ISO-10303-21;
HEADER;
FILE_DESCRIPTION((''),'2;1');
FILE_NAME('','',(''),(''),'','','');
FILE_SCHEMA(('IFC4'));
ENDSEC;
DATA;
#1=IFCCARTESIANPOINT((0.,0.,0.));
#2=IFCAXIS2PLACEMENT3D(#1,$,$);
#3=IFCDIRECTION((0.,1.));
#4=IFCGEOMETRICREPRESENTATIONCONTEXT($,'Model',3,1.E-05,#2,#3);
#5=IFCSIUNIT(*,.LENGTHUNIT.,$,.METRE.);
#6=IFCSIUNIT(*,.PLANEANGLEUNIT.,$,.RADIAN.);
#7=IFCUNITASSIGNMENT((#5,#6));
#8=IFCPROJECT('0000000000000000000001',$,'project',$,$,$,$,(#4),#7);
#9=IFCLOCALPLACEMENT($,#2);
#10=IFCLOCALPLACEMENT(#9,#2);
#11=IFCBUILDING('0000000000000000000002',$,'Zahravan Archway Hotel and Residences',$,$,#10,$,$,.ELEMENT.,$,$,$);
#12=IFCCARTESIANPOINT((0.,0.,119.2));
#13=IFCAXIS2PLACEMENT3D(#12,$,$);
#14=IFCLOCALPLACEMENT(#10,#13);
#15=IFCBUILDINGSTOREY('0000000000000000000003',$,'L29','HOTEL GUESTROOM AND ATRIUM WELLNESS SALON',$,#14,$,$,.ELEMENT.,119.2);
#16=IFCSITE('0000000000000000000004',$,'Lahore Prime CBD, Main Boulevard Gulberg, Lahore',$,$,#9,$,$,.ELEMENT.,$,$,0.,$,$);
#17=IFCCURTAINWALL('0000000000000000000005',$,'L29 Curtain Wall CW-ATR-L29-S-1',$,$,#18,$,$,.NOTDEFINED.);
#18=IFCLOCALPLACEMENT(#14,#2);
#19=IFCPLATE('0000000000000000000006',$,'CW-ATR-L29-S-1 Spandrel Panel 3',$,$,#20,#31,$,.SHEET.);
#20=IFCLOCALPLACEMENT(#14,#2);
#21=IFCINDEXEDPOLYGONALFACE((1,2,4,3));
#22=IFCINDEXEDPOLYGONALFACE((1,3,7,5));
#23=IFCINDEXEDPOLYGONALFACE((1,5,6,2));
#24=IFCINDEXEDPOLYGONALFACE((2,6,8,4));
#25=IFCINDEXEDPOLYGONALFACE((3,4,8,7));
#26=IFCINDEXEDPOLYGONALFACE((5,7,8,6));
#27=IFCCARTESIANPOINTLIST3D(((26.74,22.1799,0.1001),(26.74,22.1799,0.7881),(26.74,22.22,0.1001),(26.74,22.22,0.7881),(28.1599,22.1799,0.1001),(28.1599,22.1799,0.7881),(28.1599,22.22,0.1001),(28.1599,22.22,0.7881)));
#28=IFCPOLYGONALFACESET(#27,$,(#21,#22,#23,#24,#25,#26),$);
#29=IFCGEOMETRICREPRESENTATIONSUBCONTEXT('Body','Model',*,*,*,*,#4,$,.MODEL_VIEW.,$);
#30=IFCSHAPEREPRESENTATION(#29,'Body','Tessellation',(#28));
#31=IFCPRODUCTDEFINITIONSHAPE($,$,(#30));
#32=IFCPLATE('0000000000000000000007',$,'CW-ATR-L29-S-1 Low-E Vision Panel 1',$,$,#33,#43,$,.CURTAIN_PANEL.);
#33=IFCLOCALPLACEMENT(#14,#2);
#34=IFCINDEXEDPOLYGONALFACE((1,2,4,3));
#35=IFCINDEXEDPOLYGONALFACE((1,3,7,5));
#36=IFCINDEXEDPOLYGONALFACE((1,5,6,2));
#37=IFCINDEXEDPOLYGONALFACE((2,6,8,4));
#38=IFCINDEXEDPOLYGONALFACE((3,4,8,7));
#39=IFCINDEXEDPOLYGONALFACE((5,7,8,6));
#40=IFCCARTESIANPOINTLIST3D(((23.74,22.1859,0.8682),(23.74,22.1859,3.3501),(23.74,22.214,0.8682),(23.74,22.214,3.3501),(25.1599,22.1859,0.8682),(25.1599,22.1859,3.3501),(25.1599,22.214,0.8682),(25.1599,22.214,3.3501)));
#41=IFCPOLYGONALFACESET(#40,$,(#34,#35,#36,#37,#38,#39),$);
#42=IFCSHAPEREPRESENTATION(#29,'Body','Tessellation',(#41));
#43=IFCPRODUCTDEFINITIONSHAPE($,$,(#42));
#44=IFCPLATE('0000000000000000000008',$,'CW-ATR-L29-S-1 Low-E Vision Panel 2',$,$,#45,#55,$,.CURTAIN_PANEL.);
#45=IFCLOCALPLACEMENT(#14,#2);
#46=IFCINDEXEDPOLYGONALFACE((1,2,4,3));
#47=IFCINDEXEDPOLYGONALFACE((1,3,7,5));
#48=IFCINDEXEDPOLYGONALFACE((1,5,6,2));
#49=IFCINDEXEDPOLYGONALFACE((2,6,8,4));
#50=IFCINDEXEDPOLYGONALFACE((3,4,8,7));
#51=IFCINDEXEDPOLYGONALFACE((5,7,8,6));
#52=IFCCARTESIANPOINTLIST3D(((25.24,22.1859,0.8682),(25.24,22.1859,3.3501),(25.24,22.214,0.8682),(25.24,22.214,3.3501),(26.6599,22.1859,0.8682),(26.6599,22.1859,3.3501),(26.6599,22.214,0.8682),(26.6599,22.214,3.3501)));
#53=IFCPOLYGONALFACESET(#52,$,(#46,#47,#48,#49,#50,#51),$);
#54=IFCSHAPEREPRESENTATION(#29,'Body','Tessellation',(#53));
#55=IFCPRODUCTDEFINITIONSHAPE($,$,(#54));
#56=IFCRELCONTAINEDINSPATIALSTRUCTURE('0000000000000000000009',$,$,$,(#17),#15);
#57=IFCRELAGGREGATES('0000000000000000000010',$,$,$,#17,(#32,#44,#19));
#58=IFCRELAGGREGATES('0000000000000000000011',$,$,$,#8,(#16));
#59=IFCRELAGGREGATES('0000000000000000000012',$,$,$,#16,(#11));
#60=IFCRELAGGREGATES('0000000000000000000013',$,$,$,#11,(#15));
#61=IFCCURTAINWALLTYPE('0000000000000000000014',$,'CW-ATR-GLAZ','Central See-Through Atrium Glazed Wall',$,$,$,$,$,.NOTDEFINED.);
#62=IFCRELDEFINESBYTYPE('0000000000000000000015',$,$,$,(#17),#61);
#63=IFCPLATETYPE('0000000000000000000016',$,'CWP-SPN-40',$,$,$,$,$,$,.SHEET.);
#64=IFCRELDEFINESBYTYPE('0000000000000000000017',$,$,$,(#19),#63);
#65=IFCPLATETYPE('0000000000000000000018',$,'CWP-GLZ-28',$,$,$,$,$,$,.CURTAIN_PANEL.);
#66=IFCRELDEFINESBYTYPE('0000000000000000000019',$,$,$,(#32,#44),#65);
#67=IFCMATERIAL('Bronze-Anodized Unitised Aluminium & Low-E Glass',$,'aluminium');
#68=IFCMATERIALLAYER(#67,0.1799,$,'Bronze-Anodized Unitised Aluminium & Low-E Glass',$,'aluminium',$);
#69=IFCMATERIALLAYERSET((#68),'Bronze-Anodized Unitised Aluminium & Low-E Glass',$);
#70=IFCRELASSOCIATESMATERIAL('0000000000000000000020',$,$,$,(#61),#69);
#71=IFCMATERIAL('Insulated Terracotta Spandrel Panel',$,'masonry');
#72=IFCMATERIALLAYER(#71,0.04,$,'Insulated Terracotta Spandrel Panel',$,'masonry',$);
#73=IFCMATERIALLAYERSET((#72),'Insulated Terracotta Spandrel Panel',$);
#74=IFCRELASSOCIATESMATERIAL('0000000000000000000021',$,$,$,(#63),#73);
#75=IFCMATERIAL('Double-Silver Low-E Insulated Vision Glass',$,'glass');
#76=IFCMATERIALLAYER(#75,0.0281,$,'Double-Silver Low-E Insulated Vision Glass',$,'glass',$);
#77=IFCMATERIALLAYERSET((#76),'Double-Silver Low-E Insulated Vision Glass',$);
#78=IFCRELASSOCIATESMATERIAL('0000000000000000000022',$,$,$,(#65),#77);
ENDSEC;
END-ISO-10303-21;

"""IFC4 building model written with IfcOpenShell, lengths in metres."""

from ifc_helpers import new_model, si_unit, direction, frame, origin, origin_2d, place, context, subcontext, project, spatial, rectangle, extrude, source, transform, mapped, material, layer, layer_set, type_object, element, aggregate, save


model = new_model("IFC4")

# Units and contexts
model_context = context("Model", 3, precision=1e-05, world=origin(), true_north=direction((0.0, 1.0)))
body_context = subcontext(model_context, "Body", "Model", "MODEL_VIEW")
ifc_project = project(units=[si_unit("LENGTHUNIT", "METRE"), si_unit("PLANEANGLEUNIT", "RADIAN")], contexts=[model_context])

# Site, building, storey
site_placement = place(None, origin())
site = spatial("IfcSite", under=ifc_project, at=site_placement, Name="Lahore Prime CBD, Main Boulevard Gulberg, Lahore", CompositionType="ELEMENT", RefElevation=0.0)
building_placement = place(site_placement, origin())
building = spatial("IfcBuilding", under=site, at=building_placement, Name="Zahravan Archway Hotel and Residences", CompositionType="ELEMENT")
storey_placement = place(building_placement, frame((0.0, 0.0, 119.2)))
storey = spatial("IfcBuildingStorey", under=building, at=storey_placement, Name="L29", Description="HOTEL GUESTROOM AND ATRIUM WELLNESS SALON", CompositionType="ELEMENT", Elevation=119.2)

# Curtain wall, plates
ifc_material_1 = material(Name="Bronze-Anodized Unitised Aluminium & Low-E Glass", Category="aluminium")
ifc_layer_1 = layer(ifc_material_1, 0.1799, Name="Bronze-Anodized Unitised Aluminium & Low-E Glass", Category="aluminium")
ifc_layer_set_1 = layer_set([ifc_layer_1], Name="Bronze-Anodized Unitised Aluminium & Low-E Glass")
curtain_wall_type = type_object("IfcCurtainWallType", Name="CW-ATR-GLAZ", Description="Central See-Through Atrium Glazed Wall", PredefinedType="NOTDEFINED", material=ifc_layer_set_1)
curtain_wall_placement = place(storey_placement, origin())
curtain_wall = element("IfcCurtainWall", 1, at=curtain_wall_placement, inside=storey, type_object=curtain_wall_type, Name="L29 Curtain Wall CW-ATR-L29-S-1", PredefinedType="NOTDEFINED")
ifc_material_2 = material(Name="Insulated Terracotta Spandrel Panel", Category="masonry")
ifc_layer_2 = layer(ifc_material_2, 0.04, Name="Insulated Terracotta Spandrel Panel", Category="masonry")
ifc_layer_set_2 = layer_set([ifc_layer_2], Name="Insulated Terracotta Spandrel Panel")
plate_type_1 = type_object("IfcPlateType", Name="CWP-SPN-40", PredefinedType="SHEET", material=ifc_layer_set_2)
shared_shape_1 = source(origin(), body_context, "Body", "SweptSolid", [
    extrude(rectangle(XDim=1.4199, YDim=0.04, at=origin_2d()), origin(), (0.0, 0.0, 1.0), 0.688),
])
plate_1_placement = place(storey_placement, frame((27.45, 22.2, 0.1001), z_axis=(0.0, 0.0, 1.0), x_axis=(1.0, 0.0, 0.0)))
plate_1 = element("IfcPlate", 2, at=plate_1_placement, type_object=plate_type_1, Name="CW-ATR-L29-S-1 Spandrel Panel 3", PredefinedType="SHEET", context=body_context, shape_type="MappedRepresentation", body=[
    mapped(shared_shape_1, transform((0.0, 0.0, 0.0), scale=1.0)),
])
ifc_material_3 = material(Name="Double-Silver Low-E Insulated Vision Glass", Category="glass")
ifc_layer_3 = layer(ifc_material_3, 0.0281, Name="Double-Silver Low-E Insulated Vision Glass", Category="glass")
ifc_layer_set_3 = layer_set([ifc_layer_3], Name="Double-Silver Low-E Insulated Vision Glass")
plate_type_2 = type_object("IfcPlateType", Name="CWP-GLZ-28", PredefinedType="CURTAIN_PANEL", material=ifc_layer_set_3)
shared_shape_2 = source(origin(), body_context, "Body", "SweptSolid", [
    extrude(rectangle(XDim=1.4199, YDim=0.0281, at=origin_2d()), origin(), (0.0, 0.0, 1.0), 2.4819),
])
plate_2_placement = place(storey_placement, frame((24.45, 22.2, 0.8682), z_axis=(0.0, 0.0, 1.0), x_axis=(1.0, 0.0, 0.0)))
plate_2 = element("IfcPlate", 3, at=plate_2_placement, type_object=plate_type_2, Name="CW-ATR-L29-S-1 Low-E Vision Panel 1", PredefinedType="CURTAIN_PANEL", context=body_context, shape_type="MappedRepresentation", body=[
    mapped(shared_shape_2, transform((0.0, 0.0, 0.0), scale=1.0)),
])
plate_3_placement = place(storey_placement, frame((25.95, 22.2, 0.8682), z_axis=(0.0, 0.0, 1.0), x_axis=(1.0, 0.0, 0.0)))
plate_3 = element("IfcPlate", 4, at=plate_3_placement, type_object=plate_type_2, Name="CW-ATR-L29-S-1 Low-E Vision Panel 2", PredefinedType="CURTAIN_PANEL", context=body_context, shape_type="MappedRepresentation", body=[
    mapped(shared_shape_2, transform((0.0, 0.0, 0.0), scale=1.0)),
])
aggregate(curtain_wall, [plate_2, plate_3, plate_1])

save(model, "model.ifc")
